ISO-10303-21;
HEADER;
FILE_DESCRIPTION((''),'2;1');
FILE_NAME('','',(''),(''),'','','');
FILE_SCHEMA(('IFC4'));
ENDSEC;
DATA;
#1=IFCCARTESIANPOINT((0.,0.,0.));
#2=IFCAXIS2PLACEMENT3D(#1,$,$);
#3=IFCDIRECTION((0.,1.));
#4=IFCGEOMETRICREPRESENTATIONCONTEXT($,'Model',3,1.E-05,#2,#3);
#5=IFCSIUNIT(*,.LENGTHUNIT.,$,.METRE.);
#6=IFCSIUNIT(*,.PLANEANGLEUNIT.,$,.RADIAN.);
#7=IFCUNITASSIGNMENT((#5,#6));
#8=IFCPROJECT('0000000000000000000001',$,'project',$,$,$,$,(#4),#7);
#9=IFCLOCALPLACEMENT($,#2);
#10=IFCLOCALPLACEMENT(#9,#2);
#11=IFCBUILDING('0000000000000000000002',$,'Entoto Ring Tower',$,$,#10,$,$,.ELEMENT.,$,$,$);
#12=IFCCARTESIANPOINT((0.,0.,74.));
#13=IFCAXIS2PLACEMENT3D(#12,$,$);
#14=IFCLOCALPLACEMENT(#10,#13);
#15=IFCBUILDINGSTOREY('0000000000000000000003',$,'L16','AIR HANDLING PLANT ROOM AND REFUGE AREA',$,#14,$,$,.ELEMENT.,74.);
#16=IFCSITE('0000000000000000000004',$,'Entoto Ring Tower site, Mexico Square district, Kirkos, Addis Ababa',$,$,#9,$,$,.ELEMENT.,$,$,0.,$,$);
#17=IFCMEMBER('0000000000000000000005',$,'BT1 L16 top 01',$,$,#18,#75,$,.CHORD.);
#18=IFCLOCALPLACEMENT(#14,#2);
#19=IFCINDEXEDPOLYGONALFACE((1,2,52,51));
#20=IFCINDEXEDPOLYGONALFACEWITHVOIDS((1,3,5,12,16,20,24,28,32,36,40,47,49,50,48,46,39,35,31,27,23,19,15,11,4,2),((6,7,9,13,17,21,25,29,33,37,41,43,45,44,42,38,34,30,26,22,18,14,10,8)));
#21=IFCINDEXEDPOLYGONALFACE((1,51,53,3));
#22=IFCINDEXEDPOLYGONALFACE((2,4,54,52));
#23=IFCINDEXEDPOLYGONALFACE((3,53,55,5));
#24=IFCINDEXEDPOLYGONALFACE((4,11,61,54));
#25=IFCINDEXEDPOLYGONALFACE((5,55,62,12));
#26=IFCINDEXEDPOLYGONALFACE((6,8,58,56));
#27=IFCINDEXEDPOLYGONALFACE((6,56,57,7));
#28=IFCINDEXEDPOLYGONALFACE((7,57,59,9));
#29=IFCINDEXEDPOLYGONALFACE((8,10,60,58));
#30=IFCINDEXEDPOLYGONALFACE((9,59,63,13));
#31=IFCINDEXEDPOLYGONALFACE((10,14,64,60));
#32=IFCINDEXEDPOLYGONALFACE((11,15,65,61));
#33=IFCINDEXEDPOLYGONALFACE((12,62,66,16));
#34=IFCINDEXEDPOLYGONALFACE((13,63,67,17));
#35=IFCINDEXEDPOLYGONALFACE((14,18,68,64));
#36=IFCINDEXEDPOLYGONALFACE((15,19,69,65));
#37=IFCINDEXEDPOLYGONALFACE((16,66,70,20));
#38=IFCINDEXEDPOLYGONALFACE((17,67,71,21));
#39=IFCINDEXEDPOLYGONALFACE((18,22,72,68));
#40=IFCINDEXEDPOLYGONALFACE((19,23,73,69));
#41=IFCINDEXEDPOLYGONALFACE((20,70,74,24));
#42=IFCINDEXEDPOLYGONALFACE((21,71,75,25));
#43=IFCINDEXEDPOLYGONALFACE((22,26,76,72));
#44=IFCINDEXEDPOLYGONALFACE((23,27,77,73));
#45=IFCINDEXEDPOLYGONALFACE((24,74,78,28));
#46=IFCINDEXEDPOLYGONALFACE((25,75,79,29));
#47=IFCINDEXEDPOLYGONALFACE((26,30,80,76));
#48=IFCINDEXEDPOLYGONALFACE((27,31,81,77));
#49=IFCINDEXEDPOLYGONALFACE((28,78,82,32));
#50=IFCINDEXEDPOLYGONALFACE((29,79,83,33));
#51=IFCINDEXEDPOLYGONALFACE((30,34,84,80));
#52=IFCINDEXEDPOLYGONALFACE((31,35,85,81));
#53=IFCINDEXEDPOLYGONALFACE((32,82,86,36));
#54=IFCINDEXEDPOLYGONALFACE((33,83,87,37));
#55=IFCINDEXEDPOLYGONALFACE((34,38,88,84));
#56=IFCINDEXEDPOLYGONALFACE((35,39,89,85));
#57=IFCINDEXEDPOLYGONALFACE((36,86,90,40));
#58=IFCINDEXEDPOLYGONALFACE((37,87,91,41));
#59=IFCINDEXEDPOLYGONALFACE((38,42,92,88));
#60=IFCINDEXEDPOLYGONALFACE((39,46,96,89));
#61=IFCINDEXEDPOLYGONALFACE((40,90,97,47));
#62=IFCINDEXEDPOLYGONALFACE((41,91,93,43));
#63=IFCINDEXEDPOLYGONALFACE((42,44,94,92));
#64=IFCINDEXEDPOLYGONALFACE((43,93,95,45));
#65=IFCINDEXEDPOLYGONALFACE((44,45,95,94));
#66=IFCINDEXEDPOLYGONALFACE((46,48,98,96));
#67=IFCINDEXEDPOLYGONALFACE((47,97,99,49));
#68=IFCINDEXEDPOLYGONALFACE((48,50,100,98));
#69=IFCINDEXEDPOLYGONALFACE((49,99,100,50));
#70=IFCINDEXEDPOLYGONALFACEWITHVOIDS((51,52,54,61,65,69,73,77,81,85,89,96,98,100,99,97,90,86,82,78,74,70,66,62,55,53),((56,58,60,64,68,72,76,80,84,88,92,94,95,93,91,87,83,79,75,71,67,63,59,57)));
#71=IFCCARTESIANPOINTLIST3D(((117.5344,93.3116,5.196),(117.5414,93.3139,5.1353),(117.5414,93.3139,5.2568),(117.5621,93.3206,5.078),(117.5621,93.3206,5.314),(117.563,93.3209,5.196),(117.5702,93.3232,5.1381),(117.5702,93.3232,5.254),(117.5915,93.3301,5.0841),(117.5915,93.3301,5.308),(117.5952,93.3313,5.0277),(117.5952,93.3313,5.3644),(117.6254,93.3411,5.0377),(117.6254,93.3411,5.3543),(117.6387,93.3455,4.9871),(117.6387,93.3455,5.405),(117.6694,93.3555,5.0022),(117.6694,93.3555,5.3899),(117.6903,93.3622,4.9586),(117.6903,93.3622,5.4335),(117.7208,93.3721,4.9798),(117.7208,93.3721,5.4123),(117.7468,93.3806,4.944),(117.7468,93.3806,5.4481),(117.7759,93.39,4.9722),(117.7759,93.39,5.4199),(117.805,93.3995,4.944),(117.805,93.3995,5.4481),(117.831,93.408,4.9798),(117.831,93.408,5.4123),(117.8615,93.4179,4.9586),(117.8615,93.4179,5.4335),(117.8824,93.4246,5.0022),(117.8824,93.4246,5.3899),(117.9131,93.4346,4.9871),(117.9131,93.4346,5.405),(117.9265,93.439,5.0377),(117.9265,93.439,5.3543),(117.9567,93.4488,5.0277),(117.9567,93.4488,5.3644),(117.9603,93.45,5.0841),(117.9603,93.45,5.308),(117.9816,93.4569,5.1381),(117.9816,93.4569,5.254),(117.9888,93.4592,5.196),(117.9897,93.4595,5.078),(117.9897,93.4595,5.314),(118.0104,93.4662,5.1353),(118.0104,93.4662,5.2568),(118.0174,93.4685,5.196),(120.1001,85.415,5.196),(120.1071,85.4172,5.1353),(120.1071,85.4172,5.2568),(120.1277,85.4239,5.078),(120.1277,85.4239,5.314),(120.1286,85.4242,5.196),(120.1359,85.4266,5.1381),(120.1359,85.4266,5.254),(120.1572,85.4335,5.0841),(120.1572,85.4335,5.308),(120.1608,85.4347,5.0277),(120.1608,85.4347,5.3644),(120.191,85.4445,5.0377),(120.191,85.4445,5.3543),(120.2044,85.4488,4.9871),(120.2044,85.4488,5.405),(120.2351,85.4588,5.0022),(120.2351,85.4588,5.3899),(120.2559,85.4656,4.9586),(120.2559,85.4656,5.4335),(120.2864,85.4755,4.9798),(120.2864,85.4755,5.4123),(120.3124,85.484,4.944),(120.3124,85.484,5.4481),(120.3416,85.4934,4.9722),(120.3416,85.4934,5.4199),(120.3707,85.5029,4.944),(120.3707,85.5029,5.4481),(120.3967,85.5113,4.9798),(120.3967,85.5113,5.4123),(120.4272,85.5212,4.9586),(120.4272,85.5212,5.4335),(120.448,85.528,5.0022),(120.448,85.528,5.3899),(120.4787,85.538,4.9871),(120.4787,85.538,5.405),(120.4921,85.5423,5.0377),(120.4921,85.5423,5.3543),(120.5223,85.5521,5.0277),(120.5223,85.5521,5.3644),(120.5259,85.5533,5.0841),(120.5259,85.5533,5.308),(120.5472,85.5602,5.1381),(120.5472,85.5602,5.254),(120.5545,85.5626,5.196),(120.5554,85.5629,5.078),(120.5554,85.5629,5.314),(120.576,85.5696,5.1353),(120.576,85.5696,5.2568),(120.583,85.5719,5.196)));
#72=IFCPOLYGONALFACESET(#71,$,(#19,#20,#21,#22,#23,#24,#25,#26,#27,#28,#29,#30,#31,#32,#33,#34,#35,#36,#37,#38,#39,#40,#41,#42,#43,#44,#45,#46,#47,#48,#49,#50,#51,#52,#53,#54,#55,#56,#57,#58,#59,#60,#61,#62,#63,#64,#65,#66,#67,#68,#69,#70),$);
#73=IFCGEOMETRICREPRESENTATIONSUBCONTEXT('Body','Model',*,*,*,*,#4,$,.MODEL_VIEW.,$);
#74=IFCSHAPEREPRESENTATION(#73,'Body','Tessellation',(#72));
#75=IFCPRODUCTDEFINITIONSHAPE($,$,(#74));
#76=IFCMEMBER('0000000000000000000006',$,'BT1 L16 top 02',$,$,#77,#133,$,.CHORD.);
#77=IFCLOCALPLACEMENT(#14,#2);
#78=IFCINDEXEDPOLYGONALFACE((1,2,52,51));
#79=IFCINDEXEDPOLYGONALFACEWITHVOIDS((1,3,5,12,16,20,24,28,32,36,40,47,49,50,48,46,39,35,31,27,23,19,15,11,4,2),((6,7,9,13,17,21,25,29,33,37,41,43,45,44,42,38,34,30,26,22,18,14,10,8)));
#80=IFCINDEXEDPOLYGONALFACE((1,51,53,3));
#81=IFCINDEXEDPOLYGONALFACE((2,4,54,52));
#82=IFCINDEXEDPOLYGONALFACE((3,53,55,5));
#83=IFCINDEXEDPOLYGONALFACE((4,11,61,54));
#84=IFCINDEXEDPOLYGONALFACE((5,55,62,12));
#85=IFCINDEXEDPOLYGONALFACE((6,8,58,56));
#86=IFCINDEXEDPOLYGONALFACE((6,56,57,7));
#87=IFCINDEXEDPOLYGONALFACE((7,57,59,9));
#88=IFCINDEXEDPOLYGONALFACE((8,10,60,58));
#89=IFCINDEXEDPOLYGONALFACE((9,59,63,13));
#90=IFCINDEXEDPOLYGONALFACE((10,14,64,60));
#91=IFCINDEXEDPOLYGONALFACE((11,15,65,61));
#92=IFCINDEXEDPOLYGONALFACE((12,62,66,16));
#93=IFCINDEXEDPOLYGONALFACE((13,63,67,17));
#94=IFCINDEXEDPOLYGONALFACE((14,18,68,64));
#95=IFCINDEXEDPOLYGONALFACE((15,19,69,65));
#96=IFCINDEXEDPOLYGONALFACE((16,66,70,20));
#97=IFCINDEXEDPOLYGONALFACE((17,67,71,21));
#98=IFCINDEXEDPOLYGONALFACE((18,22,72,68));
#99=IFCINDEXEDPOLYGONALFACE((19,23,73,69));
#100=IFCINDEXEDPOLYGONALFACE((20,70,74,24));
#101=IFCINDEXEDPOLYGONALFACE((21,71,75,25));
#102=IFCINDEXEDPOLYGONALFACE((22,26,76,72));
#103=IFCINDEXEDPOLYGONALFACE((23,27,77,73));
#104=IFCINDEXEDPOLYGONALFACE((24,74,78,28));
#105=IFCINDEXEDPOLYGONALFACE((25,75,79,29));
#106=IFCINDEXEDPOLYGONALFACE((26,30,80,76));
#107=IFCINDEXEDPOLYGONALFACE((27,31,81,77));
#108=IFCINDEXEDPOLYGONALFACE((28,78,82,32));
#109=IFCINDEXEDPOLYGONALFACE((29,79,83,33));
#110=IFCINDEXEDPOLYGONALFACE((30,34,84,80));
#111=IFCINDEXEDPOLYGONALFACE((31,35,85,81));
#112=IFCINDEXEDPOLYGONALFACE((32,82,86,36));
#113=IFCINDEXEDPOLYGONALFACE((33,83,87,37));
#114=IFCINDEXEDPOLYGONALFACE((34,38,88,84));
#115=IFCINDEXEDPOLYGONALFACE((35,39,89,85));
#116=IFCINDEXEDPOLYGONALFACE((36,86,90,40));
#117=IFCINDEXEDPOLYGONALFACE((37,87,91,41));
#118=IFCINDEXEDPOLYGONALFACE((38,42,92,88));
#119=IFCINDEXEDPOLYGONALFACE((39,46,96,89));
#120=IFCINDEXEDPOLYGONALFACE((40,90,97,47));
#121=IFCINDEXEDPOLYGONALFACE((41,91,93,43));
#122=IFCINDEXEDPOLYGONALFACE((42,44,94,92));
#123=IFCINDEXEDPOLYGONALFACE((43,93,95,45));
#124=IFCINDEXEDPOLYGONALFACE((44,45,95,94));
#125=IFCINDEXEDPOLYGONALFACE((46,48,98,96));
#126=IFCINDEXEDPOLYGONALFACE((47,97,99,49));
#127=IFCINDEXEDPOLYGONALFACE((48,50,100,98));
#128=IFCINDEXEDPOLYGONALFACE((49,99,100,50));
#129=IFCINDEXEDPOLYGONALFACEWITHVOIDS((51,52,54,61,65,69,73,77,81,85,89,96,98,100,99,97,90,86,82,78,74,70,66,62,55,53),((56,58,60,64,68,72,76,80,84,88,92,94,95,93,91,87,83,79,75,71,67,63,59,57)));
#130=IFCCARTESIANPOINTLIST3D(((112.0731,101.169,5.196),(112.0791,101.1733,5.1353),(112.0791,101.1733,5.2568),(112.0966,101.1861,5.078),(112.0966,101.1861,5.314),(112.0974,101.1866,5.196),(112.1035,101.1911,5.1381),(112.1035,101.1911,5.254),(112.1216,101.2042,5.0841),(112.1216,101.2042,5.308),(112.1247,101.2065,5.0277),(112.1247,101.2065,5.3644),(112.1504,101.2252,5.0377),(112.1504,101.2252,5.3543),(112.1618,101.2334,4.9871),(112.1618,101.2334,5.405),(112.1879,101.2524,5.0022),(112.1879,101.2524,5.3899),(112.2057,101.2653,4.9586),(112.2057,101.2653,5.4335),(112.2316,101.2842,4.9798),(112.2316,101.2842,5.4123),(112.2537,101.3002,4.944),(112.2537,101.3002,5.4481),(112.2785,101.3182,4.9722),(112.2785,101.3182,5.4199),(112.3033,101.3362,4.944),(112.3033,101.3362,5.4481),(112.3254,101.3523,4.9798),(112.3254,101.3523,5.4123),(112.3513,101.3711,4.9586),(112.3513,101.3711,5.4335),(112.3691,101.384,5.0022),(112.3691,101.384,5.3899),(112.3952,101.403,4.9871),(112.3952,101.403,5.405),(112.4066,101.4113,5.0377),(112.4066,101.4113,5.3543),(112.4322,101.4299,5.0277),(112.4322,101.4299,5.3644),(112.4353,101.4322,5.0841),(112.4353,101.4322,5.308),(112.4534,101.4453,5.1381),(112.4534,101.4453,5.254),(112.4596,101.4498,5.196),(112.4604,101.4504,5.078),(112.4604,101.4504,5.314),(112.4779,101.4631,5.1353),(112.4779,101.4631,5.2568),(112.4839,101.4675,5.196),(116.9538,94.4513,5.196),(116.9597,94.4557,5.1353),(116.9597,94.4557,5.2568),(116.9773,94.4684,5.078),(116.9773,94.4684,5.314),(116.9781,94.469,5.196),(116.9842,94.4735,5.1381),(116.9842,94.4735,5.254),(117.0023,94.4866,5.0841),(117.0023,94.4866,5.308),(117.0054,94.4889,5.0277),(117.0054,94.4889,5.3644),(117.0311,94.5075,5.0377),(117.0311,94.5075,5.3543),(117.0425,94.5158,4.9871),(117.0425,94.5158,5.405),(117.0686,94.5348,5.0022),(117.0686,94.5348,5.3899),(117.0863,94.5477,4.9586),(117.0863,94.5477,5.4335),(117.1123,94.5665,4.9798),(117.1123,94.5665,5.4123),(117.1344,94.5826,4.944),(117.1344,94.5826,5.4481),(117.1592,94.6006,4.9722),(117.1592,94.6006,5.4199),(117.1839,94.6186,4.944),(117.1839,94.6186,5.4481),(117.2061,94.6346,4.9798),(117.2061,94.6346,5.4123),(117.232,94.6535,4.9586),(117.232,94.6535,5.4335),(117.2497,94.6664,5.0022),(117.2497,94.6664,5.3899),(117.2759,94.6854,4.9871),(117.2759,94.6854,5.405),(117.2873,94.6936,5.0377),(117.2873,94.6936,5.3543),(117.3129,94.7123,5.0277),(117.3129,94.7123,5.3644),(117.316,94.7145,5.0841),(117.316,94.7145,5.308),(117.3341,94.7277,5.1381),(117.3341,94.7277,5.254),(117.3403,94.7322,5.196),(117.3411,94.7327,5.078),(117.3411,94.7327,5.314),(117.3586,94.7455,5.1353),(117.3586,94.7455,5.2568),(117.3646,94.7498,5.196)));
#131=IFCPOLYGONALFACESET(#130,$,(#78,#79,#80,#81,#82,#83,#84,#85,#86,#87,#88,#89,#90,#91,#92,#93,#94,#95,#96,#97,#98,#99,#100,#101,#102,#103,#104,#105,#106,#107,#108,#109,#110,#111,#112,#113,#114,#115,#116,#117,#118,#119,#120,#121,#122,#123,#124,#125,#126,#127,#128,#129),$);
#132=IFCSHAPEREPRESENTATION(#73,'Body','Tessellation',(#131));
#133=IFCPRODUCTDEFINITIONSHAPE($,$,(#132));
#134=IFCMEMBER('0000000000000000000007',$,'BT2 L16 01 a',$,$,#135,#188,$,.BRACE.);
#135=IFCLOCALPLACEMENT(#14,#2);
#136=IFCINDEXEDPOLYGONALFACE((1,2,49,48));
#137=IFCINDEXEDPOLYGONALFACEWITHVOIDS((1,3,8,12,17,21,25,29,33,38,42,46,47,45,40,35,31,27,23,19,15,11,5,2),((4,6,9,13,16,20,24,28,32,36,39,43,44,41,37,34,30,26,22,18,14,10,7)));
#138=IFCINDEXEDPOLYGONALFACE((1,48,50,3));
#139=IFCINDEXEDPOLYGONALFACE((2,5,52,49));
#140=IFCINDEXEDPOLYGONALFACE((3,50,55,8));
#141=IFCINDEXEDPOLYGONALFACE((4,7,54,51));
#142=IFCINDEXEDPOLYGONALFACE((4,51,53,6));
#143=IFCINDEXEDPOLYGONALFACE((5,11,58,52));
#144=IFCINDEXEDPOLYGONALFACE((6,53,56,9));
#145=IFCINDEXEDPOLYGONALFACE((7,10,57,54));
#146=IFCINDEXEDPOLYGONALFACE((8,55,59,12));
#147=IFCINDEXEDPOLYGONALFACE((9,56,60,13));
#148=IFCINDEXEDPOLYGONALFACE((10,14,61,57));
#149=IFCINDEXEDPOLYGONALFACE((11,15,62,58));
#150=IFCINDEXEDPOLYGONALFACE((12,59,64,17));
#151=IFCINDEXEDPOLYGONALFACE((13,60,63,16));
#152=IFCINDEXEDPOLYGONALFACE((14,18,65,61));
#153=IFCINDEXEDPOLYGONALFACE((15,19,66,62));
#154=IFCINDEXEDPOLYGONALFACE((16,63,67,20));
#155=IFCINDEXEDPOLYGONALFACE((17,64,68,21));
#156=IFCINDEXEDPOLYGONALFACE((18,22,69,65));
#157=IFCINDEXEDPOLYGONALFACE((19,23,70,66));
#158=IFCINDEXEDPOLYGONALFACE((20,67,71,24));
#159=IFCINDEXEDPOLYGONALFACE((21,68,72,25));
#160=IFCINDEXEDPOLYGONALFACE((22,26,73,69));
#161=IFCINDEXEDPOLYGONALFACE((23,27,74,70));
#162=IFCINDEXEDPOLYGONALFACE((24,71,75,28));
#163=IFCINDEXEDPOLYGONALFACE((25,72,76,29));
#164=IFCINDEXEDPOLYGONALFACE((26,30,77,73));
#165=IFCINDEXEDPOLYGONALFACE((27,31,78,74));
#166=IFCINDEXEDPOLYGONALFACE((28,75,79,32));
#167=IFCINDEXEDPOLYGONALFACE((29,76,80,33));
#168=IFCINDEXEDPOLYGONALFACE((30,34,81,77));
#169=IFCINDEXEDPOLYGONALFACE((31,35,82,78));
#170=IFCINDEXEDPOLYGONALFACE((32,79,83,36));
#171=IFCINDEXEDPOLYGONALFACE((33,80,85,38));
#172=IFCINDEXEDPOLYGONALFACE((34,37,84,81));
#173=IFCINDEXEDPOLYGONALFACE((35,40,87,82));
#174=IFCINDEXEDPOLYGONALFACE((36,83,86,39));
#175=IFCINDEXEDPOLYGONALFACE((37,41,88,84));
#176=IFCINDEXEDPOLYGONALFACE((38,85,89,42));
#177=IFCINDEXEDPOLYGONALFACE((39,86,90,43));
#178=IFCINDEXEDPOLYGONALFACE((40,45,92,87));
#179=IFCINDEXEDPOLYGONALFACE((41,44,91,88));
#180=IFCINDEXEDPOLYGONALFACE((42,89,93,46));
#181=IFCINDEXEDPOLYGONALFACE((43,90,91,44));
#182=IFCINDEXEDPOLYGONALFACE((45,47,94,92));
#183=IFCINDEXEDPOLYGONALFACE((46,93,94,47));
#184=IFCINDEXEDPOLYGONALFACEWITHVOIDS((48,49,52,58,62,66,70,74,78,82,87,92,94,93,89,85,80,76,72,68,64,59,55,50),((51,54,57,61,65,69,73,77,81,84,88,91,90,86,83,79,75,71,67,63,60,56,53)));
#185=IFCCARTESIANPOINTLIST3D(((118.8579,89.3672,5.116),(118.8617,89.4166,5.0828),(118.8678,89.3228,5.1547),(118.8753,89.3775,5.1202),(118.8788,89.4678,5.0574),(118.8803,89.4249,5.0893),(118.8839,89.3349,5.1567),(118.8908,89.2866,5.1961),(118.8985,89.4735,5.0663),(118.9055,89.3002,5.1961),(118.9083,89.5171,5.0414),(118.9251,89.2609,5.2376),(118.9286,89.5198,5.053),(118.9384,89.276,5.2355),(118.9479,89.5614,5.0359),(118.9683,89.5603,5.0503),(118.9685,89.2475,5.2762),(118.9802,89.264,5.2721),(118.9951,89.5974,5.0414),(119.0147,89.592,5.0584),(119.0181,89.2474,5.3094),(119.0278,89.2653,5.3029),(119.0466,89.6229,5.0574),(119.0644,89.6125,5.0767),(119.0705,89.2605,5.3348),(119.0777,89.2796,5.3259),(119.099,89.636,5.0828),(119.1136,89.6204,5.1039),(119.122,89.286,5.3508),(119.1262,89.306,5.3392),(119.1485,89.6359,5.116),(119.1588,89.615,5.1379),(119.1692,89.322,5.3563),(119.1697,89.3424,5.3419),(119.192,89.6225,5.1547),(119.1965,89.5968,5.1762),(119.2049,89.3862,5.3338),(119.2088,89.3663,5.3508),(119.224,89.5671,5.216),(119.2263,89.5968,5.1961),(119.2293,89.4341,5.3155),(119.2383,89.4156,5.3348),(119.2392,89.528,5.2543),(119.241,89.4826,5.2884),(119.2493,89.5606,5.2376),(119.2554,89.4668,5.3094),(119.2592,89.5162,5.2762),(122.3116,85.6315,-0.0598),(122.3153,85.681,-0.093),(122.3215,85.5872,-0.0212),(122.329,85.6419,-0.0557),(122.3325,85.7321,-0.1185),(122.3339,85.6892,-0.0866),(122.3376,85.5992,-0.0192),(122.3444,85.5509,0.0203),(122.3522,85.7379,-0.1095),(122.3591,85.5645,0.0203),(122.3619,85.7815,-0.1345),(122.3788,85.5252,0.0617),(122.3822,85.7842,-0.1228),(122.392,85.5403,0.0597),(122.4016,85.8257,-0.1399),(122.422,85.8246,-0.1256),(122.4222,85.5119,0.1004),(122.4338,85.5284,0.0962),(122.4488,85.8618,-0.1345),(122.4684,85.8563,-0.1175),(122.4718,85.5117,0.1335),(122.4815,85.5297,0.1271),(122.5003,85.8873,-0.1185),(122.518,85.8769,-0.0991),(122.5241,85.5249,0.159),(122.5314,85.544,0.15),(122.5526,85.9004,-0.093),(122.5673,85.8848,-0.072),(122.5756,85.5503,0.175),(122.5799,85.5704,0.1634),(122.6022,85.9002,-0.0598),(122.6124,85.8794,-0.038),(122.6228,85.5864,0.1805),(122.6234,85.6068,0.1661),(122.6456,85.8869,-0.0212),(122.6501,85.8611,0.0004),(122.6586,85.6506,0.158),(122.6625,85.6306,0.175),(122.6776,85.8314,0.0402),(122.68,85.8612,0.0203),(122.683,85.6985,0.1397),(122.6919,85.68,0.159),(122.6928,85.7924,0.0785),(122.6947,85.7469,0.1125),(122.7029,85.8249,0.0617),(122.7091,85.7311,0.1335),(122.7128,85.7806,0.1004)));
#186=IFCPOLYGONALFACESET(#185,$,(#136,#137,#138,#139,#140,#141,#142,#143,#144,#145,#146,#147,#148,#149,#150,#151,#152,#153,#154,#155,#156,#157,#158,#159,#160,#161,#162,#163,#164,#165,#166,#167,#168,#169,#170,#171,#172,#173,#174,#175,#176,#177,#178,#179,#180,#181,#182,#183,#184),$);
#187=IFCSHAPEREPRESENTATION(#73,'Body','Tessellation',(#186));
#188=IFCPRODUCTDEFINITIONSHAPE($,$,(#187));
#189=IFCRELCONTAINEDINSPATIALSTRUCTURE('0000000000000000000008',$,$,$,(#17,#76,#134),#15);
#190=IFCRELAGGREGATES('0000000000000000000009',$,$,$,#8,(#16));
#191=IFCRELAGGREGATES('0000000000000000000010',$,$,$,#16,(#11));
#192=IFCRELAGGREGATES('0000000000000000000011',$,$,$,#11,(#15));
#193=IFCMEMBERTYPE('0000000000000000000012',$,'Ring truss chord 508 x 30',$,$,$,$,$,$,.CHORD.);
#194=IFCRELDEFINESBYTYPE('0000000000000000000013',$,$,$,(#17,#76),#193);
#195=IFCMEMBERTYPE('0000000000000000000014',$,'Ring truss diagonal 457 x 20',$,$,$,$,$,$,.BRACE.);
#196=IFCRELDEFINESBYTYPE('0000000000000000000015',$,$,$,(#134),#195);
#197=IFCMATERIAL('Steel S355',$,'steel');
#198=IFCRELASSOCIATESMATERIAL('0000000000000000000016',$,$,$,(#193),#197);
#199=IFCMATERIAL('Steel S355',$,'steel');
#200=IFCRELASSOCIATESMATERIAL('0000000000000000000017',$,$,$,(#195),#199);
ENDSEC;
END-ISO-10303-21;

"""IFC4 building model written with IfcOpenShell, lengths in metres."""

from ifc_helpers import new_model, si_unit, direction, frame, origin, origin_2d, place, context, subcontext, project, spatial, circle, hollow_circle, extrude, material, material_profile, profile_set, type_object, element, save


model = new_model("IFC4")

# Units and contexts
model_context = context("Model", 3, precision=1e-05, world=origin(), true_north=direction((0.0, 1.0)))
body_context = subcontext(model_context, "Body", "Model", "MODEL_VIEW")
ifc_project = project(units=[si_unit("LENGTHUNIT", "METRE"), si_unit("PLANEANGLEUNIT", "RADIAN")], contexts=[model_context])

# Site, building, storey
site_placement = place(None, origin())
site = spatial("IfcSite", under=ifc_project, at=site_placement, Name="Entoto Ring Tower site, Mexico Square district, Kirkos, Addis Ababa", CompositionType="ELEMENT", RefElevation=0.0)
building_placement = place(site_placement, origin())
building = spatial("IfcBuilding", under=site, at=building_placement, Name="Entoto Ring Tower", CompositionType="ELEMENT")
storey_placement = place(building_placement, frame((0.0, 0.0, 74.0)))
storey = spatial("IfcBuildingStorey", under=building, at=storey_placement, Name="L16", Description="AIR HANDLING PLANT ROOM AND REFUGE AREA", CompositionType="ELEMENT", Elevation=74.0)

# Members
ifc_material_1 = material(Name="Steel S355", Category="steel")
ifc_material_profile_1 = material_profile(ifc_material_1, hollow_circle(Radius=0.2539, WallThickness=0.03, at=origin_2d()), Name="CHS 508 x 30")
ifc_material_2 = material(Name="Concrete C60/75", Category="concrete")
ifc_material_profile_2 = material_profile(ifc_material_2, circle(Radius=0.2241, at=origin_2d()), Name="Concrete C60/75 infill")
ifc_profile_set_1 = profile_set([ifc_material_profile_1, ifc_material_profile_2], Name="Steel S355")
member_type_1 = type_object("IfcMemberType", Name="Ring truss chord 508 x 30", PredefinedType="CHORD", material=ifc_profile_set_1)
member_1_placement = place(storey_placement, frame((120.3416, 85.4934, 5.196), z_axis=(-0.309003, 0.951061, 0.0), x_axis=(-0.951061, -0.309003, 0.0)))
element("IfcMember", 1, at=member_1_placement, inside=storey, type_object=member_type_1, Name="BT1 L16 top 01", PredefinedType="CHORD", context=body_context, shape_type="SweptSolid", body=[
    extrude(hollow_circle(Radius=0.2539, WallThickness=0.03, at=origin_2d()), origin(), (0.0, 0.0, 1.0), 8.303),
])
member_2_placement = place(storey_placement, frame((117.1592, 94.6006, 5.196), z_axis=(-0.587789, 0.809014, 0.0), x_axis=(-0.809014, -0.587789, 0.0)))
element("IfcMember", 2, at=member_2_placement, inside=storey, type_object=member_type_1, Name="BT1 L16 top 02", PredefinedType="CHORD", context=body_context, shape_type="SweptSolid", body=[
    extrude(hollow_circle(Radius=0.2539, WallThickness=0.03, at=origin_2d()), origin(), (0.0, 0.0, 1.0), 8.3035),
])
ifc_material_3 = material(Name="Steel S355", Category="steel")
ifc_material_profile_3 = material_profile(ifc_material_3, hollow_circle(Radius=0.2285, WallThickness=0.02, at=origin_2d()), Name="CHS 457 x 20")
ifc_material_4 = material(Name="Concrete C60/75", Category="concrete")
ifc_material_profile_4 = material_profile(ifc_material_4, circle(Radius=0.2085, at=origin_2d()), Name="Concrete C60/75 infill")
ifc_profile_set_2 = profile_set([ifc_material_profile_3, ifc_material_profile_4], Name="Steel S355")
member_type_2 = type_object("IfcMemberType", Name="Ring truss diagonal 457 x 20", PredefinedType="BRACE", material=ifc_profile_set_2)
for number, where, z_axis, x_axis, name in (
    (3, (122.5122, 85.7061, 0.0203), (-0.47587, 0.514724, 0.713166), (-0.734277, -0.67885, 0.0), "BT2 L16 01 a"),
):
    element("IfcMember", number, at=place(storey_placement, frame(where, z_axis=z_axis, x_axis=x_axis)), inside=storey, type_object=member_type_2, Name=name, PredefinedType="BRACE", context=body_context, shape_type="SweptSolid", body=[
        extrude(hollow_circle(Radius=0.2285, WallThickness=0.02, at=origin_2d()), origin(), (0.0, 0.0, 1.0), 7.2576),
    ])

save(model, "model.ifc")
